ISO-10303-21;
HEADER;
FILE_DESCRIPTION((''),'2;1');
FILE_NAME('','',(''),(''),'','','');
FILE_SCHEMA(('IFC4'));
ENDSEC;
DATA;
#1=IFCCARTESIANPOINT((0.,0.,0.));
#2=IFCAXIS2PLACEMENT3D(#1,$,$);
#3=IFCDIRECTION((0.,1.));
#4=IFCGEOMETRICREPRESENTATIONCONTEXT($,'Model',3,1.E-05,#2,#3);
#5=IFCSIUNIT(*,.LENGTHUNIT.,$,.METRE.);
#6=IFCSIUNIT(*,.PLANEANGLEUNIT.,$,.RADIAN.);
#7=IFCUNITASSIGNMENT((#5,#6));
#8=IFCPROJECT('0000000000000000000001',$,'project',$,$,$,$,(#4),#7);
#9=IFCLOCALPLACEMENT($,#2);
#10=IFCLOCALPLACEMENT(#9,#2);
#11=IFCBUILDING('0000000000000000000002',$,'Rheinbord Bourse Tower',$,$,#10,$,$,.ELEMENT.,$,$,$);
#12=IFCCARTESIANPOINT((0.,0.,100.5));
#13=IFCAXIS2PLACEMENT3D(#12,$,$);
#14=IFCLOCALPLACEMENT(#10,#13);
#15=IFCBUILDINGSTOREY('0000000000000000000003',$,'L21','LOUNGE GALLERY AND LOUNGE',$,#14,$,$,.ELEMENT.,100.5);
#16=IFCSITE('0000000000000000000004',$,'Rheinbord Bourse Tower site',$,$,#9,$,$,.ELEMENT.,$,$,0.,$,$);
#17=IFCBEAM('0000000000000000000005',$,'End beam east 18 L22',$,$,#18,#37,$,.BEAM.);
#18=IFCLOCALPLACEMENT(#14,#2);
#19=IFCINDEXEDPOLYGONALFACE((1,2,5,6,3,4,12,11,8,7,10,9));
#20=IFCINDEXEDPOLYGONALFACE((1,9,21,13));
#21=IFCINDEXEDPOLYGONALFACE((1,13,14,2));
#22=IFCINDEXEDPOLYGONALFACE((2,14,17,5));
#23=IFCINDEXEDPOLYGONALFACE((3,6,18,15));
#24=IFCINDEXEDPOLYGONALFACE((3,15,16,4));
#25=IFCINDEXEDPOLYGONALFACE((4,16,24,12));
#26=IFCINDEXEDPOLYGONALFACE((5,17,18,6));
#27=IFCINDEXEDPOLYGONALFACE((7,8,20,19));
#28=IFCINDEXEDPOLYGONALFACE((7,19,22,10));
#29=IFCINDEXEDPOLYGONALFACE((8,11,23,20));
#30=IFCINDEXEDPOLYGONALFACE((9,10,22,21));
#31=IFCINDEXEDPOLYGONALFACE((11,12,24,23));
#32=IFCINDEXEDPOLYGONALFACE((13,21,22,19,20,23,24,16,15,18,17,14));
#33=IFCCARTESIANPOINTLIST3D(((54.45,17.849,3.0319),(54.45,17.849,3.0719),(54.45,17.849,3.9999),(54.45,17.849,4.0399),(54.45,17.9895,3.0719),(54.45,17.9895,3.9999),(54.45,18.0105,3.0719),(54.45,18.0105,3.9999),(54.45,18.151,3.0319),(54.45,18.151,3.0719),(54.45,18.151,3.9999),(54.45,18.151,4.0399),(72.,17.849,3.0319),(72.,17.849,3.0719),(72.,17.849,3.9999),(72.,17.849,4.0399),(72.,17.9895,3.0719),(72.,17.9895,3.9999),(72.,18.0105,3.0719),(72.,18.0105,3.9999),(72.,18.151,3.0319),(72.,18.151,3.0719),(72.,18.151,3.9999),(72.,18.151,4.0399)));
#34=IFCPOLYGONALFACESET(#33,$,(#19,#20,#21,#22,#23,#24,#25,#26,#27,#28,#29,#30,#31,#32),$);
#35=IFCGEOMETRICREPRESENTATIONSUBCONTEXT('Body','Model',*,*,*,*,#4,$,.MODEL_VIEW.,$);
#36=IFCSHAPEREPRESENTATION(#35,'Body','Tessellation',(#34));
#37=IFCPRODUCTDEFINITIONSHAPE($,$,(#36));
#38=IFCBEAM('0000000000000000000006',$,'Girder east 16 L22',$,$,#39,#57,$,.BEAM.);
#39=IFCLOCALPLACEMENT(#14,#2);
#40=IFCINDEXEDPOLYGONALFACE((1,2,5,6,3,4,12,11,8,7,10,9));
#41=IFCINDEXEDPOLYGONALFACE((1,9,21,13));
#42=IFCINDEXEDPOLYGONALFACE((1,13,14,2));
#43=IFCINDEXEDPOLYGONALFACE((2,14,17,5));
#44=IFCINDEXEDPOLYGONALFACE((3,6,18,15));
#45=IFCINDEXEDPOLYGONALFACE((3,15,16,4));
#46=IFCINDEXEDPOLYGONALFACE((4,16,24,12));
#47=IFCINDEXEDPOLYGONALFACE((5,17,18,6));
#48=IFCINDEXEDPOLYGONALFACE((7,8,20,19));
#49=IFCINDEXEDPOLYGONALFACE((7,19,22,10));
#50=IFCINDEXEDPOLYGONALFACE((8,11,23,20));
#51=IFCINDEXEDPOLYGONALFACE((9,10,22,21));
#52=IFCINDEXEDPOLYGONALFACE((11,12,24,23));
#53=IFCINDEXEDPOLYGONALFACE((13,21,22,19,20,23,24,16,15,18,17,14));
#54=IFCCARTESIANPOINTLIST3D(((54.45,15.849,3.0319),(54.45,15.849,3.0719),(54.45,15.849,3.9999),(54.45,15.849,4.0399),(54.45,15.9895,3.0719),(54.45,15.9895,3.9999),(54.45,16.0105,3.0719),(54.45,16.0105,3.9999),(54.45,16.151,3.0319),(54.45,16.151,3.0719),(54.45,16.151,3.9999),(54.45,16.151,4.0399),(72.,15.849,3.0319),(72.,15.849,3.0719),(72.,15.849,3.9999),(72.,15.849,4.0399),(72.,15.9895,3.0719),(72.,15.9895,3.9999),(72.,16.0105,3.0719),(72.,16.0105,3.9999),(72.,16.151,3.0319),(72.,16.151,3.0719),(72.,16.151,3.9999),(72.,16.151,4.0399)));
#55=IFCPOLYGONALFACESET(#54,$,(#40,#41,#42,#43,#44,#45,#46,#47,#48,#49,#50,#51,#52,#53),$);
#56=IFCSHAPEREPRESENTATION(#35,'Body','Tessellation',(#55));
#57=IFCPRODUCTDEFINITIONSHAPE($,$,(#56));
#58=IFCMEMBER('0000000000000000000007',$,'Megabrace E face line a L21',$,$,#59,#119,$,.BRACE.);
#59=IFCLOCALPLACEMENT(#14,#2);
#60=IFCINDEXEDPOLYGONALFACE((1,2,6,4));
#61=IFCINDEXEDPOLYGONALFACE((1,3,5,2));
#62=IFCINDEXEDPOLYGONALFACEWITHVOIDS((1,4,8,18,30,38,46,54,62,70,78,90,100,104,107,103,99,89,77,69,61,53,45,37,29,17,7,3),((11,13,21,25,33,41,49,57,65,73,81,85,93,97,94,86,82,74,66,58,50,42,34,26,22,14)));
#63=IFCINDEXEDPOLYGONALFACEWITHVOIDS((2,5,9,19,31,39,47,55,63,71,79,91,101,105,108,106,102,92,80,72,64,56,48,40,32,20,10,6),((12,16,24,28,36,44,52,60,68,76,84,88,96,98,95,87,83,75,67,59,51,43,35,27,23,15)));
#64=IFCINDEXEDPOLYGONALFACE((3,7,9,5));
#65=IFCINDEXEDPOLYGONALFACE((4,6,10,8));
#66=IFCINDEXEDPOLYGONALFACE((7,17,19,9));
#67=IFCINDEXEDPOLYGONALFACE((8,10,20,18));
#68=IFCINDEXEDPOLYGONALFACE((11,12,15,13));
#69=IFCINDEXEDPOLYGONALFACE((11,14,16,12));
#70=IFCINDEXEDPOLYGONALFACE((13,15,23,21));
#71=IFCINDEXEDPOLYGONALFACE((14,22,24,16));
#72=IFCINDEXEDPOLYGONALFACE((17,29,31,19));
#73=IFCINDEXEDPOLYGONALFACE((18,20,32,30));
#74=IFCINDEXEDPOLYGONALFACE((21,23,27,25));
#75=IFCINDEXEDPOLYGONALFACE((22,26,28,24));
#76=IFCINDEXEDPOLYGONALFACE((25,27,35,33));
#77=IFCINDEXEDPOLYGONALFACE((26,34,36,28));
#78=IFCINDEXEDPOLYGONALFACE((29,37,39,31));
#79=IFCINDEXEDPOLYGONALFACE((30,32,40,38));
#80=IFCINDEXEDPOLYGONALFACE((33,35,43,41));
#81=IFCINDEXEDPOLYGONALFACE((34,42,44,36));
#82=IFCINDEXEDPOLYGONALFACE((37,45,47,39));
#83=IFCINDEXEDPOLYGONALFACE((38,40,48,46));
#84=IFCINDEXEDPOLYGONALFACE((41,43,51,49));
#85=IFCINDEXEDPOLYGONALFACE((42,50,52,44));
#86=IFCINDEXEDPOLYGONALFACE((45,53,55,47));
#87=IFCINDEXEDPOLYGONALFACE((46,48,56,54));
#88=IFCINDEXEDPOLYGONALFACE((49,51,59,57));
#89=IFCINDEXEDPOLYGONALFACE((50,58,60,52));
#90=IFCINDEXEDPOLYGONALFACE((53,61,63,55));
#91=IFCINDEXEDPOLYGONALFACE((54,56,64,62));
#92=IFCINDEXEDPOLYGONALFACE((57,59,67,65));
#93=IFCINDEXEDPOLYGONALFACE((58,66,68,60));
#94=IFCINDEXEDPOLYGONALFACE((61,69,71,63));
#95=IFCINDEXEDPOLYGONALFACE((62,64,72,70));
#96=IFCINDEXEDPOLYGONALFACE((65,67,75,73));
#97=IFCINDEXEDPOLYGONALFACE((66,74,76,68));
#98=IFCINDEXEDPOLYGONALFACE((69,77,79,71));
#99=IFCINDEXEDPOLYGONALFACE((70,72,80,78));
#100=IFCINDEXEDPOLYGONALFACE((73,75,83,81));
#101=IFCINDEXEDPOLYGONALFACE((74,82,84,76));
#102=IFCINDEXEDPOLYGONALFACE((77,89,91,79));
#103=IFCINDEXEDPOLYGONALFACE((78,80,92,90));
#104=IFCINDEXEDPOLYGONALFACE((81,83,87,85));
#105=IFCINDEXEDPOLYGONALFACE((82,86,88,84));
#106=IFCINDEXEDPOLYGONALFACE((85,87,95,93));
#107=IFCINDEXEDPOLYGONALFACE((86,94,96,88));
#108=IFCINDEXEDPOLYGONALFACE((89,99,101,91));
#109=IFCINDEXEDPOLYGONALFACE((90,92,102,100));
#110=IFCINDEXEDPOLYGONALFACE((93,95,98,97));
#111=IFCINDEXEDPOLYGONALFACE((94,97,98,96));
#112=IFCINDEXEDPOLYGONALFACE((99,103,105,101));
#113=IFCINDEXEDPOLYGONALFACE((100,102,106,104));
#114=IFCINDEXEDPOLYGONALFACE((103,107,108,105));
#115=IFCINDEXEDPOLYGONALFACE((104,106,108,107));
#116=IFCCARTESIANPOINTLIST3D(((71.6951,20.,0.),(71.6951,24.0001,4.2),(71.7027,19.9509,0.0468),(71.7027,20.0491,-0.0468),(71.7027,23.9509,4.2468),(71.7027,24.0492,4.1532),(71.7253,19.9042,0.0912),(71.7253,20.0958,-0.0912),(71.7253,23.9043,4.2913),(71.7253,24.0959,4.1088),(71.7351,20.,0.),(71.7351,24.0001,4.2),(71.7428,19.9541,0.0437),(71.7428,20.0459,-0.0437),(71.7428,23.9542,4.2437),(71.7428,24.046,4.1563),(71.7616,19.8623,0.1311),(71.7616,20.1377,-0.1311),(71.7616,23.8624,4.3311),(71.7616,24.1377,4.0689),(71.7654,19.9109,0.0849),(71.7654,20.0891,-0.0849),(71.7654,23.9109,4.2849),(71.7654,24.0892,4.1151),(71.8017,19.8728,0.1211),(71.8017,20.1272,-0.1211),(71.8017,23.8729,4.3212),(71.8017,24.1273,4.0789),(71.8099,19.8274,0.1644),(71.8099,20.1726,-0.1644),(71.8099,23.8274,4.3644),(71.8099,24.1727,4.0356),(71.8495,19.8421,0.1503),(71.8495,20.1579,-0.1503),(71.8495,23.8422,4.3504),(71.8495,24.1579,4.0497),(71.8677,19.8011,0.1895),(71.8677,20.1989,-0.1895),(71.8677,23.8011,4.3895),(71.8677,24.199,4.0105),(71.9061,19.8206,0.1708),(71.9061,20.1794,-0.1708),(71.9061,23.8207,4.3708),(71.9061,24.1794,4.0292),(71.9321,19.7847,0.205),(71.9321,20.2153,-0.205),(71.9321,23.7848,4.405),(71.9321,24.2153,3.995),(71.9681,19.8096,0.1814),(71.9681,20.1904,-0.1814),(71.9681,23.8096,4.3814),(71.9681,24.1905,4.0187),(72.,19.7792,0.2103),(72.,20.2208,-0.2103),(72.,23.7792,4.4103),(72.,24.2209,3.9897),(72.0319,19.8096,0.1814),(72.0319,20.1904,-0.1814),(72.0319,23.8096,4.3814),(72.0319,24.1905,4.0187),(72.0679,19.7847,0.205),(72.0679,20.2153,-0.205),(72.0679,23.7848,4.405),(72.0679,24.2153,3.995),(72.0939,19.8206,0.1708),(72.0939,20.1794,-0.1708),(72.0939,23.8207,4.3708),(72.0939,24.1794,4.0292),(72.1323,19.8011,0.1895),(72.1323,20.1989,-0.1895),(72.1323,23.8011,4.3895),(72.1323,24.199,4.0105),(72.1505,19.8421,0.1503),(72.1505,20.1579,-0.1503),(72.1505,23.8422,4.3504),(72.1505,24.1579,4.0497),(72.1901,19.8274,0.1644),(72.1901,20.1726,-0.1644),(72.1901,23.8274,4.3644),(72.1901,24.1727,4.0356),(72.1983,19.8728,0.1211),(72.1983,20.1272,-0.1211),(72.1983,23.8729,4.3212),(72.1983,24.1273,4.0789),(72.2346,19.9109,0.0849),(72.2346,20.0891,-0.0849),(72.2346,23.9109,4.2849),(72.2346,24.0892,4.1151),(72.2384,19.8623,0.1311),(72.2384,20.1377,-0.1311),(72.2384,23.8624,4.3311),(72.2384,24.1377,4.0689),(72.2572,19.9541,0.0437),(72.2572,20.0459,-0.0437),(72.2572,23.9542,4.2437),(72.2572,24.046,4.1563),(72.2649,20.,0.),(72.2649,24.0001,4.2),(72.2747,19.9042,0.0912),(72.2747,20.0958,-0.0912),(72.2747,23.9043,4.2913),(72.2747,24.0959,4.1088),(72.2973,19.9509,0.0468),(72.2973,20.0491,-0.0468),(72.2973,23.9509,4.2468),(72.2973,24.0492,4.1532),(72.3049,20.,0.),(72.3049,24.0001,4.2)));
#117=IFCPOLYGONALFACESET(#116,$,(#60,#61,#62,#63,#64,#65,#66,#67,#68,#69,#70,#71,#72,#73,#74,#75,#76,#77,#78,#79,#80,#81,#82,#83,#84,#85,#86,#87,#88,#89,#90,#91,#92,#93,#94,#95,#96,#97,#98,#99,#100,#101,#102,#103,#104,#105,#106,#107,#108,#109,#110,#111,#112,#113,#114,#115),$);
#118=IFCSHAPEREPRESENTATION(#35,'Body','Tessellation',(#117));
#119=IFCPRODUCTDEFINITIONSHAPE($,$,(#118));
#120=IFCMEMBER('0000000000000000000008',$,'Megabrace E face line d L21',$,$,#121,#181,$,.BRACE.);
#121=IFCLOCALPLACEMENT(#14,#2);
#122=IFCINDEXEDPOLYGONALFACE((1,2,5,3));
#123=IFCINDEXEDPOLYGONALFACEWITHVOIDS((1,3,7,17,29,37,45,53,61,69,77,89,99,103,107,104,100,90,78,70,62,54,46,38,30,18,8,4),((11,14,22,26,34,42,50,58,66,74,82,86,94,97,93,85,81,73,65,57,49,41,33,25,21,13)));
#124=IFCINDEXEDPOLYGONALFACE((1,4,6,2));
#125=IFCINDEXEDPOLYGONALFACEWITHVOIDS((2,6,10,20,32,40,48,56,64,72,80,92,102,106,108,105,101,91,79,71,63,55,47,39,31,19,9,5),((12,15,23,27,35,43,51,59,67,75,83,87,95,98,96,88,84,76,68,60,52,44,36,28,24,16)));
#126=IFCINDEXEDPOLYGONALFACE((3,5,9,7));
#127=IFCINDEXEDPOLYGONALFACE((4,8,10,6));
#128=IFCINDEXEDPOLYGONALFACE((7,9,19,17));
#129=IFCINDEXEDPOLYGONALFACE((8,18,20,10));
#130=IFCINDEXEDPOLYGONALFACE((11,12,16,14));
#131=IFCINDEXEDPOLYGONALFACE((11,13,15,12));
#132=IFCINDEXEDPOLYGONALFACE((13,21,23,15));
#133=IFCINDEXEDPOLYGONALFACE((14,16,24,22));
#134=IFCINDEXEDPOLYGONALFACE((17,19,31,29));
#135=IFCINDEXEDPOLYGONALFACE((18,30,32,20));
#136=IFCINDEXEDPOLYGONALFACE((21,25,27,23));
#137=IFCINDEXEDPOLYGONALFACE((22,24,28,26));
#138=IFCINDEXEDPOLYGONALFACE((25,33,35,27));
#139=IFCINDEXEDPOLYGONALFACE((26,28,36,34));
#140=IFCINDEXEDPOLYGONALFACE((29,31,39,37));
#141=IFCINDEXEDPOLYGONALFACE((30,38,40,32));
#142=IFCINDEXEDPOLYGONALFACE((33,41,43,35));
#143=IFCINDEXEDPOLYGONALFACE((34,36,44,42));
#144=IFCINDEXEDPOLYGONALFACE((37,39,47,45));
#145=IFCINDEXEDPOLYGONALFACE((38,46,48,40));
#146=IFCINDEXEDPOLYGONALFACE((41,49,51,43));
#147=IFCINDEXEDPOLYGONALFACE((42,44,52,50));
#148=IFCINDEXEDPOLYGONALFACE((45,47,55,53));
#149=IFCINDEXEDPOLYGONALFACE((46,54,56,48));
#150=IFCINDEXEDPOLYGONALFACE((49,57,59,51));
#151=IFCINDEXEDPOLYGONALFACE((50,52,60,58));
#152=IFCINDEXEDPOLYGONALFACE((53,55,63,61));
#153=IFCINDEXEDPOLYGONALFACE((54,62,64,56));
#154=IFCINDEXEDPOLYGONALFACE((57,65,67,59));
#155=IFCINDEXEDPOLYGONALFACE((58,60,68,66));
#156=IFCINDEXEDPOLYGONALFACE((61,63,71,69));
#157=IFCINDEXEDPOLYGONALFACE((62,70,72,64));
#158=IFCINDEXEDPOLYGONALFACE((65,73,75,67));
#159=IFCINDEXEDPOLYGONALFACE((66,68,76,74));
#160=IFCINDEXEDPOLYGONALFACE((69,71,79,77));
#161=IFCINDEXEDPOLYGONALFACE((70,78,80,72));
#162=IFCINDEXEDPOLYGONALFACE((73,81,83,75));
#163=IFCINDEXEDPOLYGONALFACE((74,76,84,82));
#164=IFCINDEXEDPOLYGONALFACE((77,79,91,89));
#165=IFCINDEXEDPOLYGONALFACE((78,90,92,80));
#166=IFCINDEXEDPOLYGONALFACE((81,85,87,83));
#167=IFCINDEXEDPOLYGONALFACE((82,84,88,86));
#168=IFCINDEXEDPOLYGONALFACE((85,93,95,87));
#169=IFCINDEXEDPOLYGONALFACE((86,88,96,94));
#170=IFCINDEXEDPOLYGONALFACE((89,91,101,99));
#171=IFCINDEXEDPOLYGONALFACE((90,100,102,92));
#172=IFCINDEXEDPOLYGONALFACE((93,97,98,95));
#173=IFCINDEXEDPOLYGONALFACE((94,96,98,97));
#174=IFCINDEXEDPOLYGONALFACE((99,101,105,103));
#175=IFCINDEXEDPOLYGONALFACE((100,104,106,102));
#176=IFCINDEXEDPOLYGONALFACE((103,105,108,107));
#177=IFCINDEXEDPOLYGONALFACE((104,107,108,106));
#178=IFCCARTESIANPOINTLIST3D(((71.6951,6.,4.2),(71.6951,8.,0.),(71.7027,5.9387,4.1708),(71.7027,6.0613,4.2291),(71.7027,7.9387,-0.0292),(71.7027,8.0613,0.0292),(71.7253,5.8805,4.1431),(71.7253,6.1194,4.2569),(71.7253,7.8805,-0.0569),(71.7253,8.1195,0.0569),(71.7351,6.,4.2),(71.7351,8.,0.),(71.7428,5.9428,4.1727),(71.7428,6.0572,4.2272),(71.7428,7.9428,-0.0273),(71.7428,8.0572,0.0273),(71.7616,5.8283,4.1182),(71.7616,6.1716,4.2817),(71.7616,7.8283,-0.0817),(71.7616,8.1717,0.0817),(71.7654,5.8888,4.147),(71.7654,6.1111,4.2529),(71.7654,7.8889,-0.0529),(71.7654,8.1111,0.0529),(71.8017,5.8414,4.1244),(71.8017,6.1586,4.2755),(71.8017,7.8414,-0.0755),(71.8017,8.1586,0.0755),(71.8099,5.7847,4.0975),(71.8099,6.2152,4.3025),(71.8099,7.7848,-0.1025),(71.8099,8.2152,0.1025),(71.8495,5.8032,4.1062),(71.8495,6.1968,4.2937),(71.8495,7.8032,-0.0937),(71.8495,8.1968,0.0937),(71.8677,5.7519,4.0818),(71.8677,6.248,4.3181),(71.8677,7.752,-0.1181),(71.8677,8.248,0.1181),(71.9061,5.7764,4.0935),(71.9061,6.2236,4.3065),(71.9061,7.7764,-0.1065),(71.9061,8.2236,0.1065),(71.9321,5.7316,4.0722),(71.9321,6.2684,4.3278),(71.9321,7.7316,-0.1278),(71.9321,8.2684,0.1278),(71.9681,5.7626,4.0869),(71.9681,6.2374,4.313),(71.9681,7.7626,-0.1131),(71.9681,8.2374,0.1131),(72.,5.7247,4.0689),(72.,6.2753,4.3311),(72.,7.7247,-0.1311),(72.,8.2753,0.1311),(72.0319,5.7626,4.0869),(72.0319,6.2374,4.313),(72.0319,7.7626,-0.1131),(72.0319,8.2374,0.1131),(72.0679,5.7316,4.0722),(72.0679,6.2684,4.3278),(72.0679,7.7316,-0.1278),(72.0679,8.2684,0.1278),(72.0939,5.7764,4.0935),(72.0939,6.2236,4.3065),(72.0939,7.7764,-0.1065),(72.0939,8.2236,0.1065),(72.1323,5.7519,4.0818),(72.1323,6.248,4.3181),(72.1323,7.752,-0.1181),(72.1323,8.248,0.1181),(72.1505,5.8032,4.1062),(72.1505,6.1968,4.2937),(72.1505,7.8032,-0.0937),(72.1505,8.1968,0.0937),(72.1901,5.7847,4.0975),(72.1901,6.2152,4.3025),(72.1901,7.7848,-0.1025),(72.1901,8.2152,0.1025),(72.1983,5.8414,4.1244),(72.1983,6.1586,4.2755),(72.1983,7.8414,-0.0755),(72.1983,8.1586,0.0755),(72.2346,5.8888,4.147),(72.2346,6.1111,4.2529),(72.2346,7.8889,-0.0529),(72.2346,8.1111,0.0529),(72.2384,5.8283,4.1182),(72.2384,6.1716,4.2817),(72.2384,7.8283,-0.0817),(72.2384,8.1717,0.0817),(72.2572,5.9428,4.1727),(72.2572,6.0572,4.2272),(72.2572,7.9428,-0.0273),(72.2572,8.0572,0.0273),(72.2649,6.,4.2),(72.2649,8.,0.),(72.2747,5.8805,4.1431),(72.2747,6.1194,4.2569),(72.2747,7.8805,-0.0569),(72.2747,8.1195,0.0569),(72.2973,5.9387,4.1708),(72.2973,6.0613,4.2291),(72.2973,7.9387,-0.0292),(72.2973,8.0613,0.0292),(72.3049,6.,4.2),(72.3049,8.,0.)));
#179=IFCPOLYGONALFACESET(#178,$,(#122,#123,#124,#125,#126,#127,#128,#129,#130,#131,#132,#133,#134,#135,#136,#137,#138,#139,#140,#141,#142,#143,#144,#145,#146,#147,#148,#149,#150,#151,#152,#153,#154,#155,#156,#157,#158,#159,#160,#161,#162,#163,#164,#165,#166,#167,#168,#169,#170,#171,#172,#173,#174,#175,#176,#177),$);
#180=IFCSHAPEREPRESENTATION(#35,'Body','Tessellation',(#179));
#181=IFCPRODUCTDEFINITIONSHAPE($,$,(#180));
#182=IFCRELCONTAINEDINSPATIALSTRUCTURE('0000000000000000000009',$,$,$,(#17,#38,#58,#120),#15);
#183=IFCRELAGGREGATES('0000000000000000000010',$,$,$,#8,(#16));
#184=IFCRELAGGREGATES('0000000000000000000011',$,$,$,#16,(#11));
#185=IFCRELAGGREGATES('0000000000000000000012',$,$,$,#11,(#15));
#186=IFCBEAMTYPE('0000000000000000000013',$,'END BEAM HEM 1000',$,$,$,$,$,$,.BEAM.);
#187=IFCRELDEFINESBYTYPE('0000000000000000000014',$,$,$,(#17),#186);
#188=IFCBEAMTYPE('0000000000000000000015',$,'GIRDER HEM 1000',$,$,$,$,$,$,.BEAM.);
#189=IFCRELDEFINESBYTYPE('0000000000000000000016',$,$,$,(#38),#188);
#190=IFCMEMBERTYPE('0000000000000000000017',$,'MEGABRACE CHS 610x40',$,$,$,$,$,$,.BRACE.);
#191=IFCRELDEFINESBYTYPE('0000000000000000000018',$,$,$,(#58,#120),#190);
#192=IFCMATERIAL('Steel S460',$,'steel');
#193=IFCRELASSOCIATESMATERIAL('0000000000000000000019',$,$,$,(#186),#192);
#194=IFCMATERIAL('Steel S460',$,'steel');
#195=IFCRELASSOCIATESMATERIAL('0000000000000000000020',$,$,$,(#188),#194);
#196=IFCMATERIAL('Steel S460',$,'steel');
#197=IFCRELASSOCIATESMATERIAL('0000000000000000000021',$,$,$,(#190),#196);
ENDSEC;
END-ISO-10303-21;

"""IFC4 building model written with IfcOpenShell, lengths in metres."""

from ifc_helpers import new_model, si_unit, direction, frame, origin, origin_2d, place, context, subcontext, project, spatial, hollow_circle, i_section, extrude, material, material_profile, profile_set, type_object, element, save


model = new_model("IFC4")

# Units and contexts
model_context = context("Model", 3, precision=1e-05, world=origin(), true_north=direction((0.0, 1.0)))
body_context = subcontext(model_context, "Body", "Model", "MODEL_VIEW")
ifc_project = project(units=[si_unit("LENGTHUNIT", "METRE"), si_unit("PLANEANGLEUNIT", "RADIAN")], contexts=[model_context])

# Site, building, storey
site_placement = place(None, origin())
site = spatial("IfcSite", under=ifc_project, at=site_placement, Name="Rheinbord Bourse Tower site", CompositionType="ELEMENT", RefElevation=0.0)
building_placement = place(site_placement, origin())
building = spatial("IfcBuilding", under=site, at=building_placement, Name="Rheinbord Bourse Tower", CompositionType="ELEMENT")
storey_placement = place(building_placement, frame((0.0, 0.0, 100.5)))
storey = spatial("IfcBuildingStorey", under=building, at=storey_placement, Name="L21", Description="LOUNGE GALLERY AND LOUNGE", CompositionType="ELEMENT", Elevation=100.5)

# Beams
ifc_material_1 = material(Name="Steel S460", Category="steel")
ifc_material_profile_1 = material_profile(ifc_material_1, i_section(OverallWidth=0.302, OverallDepth=1.0081, WebThickness=0.021, FlangeThickness=0.04, at=origin_2d()), Name="HEM 1000")
ifc_profile_set_1 = profile_set([ifc_material_profile_1], Name="Steel S460")
beam_type_1 = type_object("IfcBeamType", Name="END BEAM HEM 1000", PredefinedType="BEAM", material=ifc_profile_set_1)
beam_1_placement = place(storey_placement, frame((54.45, 18.0, 3.5359), z_axis=(1.0, 0.0, 0.0), x_axis=(0.0, 1.0, 0.0)))
element("IfcBeam", 1, at=beam_1_placement, inside=storey, type_object=beam_type_1, Name="End beam east 18 L22", PredefinedType="BEAM", context=body_context, shape_type="SweptSolid", body=[
    extrude(i_section(OverallWidth=0.302, OverallDepth=1.0081, WebThickness=0.021, FlangeThickness=0.04, at=origin_2d()), origin(), (0.0, 0.0, 1.0), 17.55),
])
ifc_material_2 = material(Name="Steel S460", Category="steel")
ifc_material_profile_2 = material_profile(ifc_material_2, i_section(OverallWidth=0.302, OverallDepth=1.0081, WebThickness=0.021, FlangeThickness=0.04, at=origin_2d()), Name="HEM 1000")
ifc_profile_set_2 = profile_set([ifc_material_profile_2], Name="Steel S460")
beam_type_2 = type_object("IfcBeamType", Name="GIRDER HEM 1000", PredefinedType="BEAM", material=ifc_profile_set_2)
beam_2_placement = place(storey_placement, frame((54.45, 16.0, 3.5359), z_axis=(1.0, 0.0, 0.0), x_axis=(0.0, 1.0, 0.0)))
element("IfcBeam", 2, at=beam_2_placement, inside=storey, type_object=beam_type_2, Name="Girder east 16 L22", PredefinedType="BEAM", context=body_context, shape_type="SweptSolid", body=[
    extrude(i_section(OverallWidth=0.302, OverallDepth=1.0081, WebThickness=0.021, FlangeThickness=0.04, at=origin_2d()), origin(), (0.0, 0.0, 1.0), 17.55),
])

# Members
ifc_material_3 = material(Name="Steel S460", Category="steel")
ifc_material_profile_3 = material_profile(ifc_material_3, hollow_circle(Radius=0.3049, WallThickness=0.04, at=origin_2d()), Name="CHS 610x40")
ifc_profile_set_3 = profile_set([ifc_material_profile_3], Name="Steel S460")
member_type_1 = type_object("IfcMemberType", Name="MEGABRACE CHS 610x40", PredefinedType="BRACE", material=ifc_profile_set_3)
member_1_placement = place(storey_placement, frame((72.0, 20.0, 0.0), z_axis=(0.0, 0.689659, 0.724134), x_axis=(-1.0, 0.0, 0.0)))
element("IfcMember", 3, at=member_1_placement, inside=storey, type_object=member_type_1, Name="Megabrace E face line a L21", PredefinedType="BRACE", context=body_context, shape_type="SweptSolid", body=[
    extrude(hollow_circle(Radius=0.3049, WallThickness=0.04, at=origin_2d()), origin(), (0.0, 0.0, 1.0), 5.8),
])
member_2_placement = place(storey_placement, frame((72.0, 8.0, 0.0), z_axis=(0.0, -0.429938, 0.902859), x_axis=(1.0, 0.0, 0.0)))
element("IfcMember", 4, at=member_2_placement, inside=storey, type_object=member_type_1, Name="Megabrace E face line d L21", PredefinedType="BRACE", context=body_context, shape_type="SweptSolid", body=[
    extrude(hollow_circle(Radius=0.3049, WallThickness=0.04, at=origin_2d()), origin(), (0.0, 0.0, 1.0), 4.6519),
])

save(model, "model.ifc")
